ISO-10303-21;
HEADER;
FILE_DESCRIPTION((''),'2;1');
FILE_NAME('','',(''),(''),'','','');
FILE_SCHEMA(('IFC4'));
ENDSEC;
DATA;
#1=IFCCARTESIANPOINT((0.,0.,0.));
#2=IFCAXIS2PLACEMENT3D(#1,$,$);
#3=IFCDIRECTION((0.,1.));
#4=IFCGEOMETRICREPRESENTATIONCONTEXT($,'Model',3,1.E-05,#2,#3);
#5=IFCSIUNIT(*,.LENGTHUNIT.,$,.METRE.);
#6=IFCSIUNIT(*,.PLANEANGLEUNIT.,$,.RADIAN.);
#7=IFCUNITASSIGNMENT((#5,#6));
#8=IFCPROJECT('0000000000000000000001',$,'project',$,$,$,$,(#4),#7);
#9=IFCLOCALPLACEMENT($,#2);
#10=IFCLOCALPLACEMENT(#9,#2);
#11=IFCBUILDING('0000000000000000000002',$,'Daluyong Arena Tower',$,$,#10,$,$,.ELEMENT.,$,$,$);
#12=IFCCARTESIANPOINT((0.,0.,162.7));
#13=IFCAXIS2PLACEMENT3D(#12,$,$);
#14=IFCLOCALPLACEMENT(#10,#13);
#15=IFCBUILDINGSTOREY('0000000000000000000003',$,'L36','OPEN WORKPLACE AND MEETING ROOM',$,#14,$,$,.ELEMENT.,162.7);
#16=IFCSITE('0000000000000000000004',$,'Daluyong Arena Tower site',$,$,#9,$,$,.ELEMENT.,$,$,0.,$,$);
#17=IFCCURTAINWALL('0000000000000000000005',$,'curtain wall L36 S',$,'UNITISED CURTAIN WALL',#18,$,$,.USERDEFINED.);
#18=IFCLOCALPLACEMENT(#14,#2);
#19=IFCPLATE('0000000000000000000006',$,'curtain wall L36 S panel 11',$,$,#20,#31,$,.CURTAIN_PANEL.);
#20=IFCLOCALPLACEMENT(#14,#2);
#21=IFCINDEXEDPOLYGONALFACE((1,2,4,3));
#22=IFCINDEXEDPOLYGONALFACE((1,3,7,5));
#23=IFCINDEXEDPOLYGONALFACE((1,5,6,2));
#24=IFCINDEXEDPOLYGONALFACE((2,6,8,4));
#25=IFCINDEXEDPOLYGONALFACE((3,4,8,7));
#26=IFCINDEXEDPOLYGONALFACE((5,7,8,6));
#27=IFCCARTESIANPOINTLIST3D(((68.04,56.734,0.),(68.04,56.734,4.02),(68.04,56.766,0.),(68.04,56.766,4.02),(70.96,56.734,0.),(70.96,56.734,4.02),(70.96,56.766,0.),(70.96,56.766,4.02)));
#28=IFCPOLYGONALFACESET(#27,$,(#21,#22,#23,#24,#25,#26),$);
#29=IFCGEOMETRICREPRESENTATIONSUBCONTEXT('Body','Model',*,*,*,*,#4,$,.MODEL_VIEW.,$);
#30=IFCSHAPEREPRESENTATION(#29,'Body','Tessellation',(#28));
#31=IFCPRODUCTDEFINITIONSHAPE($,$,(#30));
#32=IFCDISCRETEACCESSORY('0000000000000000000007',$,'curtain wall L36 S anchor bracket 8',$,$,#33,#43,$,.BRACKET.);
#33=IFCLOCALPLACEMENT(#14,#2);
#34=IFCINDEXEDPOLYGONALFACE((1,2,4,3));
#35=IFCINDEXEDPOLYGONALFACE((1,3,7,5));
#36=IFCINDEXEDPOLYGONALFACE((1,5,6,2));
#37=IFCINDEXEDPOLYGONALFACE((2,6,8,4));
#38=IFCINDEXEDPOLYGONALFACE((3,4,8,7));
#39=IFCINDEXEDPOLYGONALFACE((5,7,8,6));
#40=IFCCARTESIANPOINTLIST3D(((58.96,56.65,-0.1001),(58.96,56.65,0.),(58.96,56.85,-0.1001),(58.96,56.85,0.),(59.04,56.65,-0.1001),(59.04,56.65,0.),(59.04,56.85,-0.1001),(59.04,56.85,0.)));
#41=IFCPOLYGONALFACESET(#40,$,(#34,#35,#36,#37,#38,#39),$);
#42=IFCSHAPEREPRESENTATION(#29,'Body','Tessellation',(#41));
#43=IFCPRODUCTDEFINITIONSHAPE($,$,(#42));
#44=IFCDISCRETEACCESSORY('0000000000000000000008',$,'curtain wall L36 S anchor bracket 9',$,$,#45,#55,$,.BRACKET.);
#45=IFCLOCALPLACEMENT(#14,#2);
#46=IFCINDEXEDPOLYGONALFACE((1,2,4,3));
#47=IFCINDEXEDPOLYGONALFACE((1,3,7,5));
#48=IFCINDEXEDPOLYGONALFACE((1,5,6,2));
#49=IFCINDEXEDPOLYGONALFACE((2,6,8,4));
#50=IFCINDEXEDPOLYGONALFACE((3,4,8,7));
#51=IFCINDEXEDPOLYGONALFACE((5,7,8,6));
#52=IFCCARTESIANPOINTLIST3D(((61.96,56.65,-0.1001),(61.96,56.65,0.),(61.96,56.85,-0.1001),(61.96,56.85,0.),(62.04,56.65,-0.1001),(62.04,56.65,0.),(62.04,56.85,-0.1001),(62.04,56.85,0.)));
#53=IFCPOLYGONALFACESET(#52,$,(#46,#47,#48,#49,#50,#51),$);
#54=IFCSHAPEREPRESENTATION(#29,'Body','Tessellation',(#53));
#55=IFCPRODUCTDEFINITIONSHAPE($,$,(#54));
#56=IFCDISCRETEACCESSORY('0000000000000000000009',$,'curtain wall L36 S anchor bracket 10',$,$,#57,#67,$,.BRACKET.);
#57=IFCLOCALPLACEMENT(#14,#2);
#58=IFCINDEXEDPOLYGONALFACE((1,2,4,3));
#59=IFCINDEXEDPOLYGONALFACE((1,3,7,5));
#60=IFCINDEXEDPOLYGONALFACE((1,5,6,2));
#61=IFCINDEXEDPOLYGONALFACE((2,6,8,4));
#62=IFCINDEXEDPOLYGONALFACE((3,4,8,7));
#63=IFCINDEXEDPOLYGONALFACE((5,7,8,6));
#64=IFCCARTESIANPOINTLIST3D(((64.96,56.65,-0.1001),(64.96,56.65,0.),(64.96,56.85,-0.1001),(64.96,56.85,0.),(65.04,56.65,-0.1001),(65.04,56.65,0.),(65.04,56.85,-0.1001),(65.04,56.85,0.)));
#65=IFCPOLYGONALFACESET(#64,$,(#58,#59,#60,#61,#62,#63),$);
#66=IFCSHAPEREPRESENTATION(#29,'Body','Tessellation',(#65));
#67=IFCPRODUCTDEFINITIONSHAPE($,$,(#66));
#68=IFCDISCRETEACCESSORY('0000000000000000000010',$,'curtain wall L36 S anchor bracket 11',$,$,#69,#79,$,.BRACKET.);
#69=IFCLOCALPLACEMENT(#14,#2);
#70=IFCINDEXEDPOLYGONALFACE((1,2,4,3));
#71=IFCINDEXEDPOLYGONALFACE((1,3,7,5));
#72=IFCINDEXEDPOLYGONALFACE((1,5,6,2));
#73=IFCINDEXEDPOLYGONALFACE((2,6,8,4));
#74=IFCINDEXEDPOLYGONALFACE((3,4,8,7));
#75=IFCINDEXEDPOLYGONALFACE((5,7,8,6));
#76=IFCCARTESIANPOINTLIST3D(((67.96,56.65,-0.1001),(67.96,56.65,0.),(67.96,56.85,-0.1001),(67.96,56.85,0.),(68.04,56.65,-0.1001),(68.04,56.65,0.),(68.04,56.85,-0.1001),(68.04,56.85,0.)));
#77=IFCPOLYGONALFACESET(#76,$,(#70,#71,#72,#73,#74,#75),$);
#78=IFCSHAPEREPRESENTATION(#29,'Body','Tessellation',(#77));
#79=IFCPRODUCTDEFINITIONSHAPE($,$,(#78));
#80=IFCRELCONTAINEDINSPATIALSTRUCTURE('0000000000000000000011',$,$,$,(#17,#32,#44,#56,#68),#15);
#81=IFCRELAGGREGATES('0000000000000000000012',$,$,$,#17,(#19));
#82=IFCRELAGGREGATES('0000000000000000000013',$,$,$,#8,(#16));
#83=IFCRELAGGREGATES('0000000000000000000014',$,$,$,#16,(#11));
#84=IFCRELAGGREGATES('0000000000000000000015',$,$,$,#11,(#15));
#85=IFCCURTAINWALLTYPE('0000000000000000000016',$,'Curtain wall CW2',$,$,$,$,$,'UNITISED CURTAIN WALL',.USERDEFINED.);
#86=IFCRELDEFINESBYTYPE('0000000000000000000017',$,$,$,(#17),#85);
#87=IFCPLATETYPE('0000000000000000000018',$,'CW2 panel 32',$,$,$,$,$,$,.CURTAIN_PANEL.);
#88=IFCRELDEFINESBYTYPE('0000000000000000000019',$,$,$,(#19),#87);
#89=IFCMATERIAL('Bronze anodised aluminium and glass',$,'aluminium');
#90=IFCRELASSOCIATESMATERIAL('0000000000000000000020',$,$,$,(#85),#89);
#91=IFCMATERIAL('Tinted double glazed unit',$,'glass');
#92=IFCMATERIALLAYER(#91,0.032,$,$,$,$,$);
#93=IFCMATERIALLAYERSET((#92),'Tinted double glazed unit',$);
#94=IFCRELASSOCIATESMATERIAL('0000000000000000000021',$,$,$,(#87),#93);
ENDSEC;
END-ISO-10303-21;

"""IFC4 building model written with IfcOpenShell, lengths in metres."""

from ifc_helpers import new_model, si_unit, direction, frame, origin, origin_2d, place, context, subcontext, project, spatial, rectangle, extrude, material, layer, layer_set, type_object, element, aggregate, save


model = new_model("IFC4")

# Units and contexts
model_context = context("Model", 3, precision=1e-05, world=origin(), true_north=direction((0.0, 1.0)))
body_context = subcontext(model_context, "Body", "Model", "MODEL_VIEW")
ifc_project = project(units=[si_unit("LENGTHUNIT", "METRE"), si_unit("PLANEANGLEUNIT", "RADIAN")], contexts=[model_context])

# Site, building, storey
site_placement = place(None, origin())
site = spatial("IfcSite", under=ifc_project, at=site_placement, Name="Daluyong Arena Tower site", CompositionType="ELEMENT", RefElevation=0.0)
building_placement = place(site_placement, origin())
building = spatial("IfcBuilding", under=site, at=building_placement, Name="Daluyong Arena Tower", CompositionType="ELEMENT")
storey_placement = place(building_placement, frame((0.0, 0.0, 162.7)))
storey = spatial("IfcBuildingStorey", under=building, at=storey_placement, Name="L36", Description="OPEN WORKPLACE AND MEETING ROOM", CompositionType="ELEMENT", Elevation=162.7)

# Curtain wall
ifc_material_1 = material(Name="Bronze anodised aluminium and glass", Category="aluminium")
curtain_wall_type = type_object("IfcCurtainWallType", Name="Curtain wall CW2", ElementType="UNITISED CURTAIN WALL", PredefinedType="USERDEFINED", material=ifc_material_1)
curtain_wall_placement = place(storey_placement, origin())
curtain_wall = element("IfcCurtainWall", 1, at=curtain_wall_placement, inside=storey, type_object=curtain_wall_type, Name="curtain wall L36 S", ObjectType="UNITISED CURTAIN WALL", PredefinedType="USERDEFINED")

# Plate
ifc_material_2 = material(Name="Tinted double glazed unit", Category="glass")
ifc_layer = layer(ifc_material_2, 0.032)
ifc_layer_set = layer_set([ifc_layer], Name="Tinted double glazed unit")
plate_type = type_object("IfcPlateType", Name="CW2 panel 32", PredefinedType="CURTAIN_PANEL", material=ifc_layer_set)
plate_1_placement = place(storey_placement, frame((69.5, 56.75, 0.0), z_axis=(0.0, 0.0, 1.0), x_axis=(1.0, 0.0, 0.0)))
plate_1 = element("IfcPlate", 2, at=plate_1_placement, type_object=plate_type, Name="curtain wall L36 S panel 11", PredefinedType="CURTAIN_PANEL", context=body_context, shape_type="SweptSolid", body=[
    extrude(rectangle(XDim=2.9199, YDim=0.032, at=origin_2d()), origin(), (0.0, 0.0, 1.0), 4.02),
])
aggregate(curtain_wall, [plate_1])

# Discrete accessories
for number, where, z_axis, x_axis, name in (
    (3, (59.0, 56.75, -0.1001), (0.0, 0.0, 1.0), (1.0, 0.0, 0.0), "curtain wall L36 S anchor bracket 8"),
    (4, (62.0, 56.75, -0.1001), (0.0, 0.0, 1.0), (1.0, 0.0, 0.0), "curtain wall L36 S anchor bracket 9"),
    (5, (65.0, 56.75, -0.1001), (0.0, 0.0, 1.0), (1.0, 0.0, 0.0), "curtain wall L36 S anchor bracket 10"),
    (6, (68.0, 56.75, -0.1001), (0.0, 0.0, 1.0), (1.0, 0.0, 0.0), "curtain wall L36 S anchor bracket 11"),
):
    element("IfcDiscreteAccessory", number, at=place(storey_placement, frame(where, z_axis=z_axis, x_axis=x_axis)), inside=storey, Name=name, PredefinedType="BRACKET", context=body_context, shape_type="SweptSolid", body=[
        extrude(rectangle(XDim=0.0801, YDim=0.2, at=origin_2d()), origin(), (0.0, 0.0, 1.0), 0.1001),
    ])

save(model, "model.ifc")
